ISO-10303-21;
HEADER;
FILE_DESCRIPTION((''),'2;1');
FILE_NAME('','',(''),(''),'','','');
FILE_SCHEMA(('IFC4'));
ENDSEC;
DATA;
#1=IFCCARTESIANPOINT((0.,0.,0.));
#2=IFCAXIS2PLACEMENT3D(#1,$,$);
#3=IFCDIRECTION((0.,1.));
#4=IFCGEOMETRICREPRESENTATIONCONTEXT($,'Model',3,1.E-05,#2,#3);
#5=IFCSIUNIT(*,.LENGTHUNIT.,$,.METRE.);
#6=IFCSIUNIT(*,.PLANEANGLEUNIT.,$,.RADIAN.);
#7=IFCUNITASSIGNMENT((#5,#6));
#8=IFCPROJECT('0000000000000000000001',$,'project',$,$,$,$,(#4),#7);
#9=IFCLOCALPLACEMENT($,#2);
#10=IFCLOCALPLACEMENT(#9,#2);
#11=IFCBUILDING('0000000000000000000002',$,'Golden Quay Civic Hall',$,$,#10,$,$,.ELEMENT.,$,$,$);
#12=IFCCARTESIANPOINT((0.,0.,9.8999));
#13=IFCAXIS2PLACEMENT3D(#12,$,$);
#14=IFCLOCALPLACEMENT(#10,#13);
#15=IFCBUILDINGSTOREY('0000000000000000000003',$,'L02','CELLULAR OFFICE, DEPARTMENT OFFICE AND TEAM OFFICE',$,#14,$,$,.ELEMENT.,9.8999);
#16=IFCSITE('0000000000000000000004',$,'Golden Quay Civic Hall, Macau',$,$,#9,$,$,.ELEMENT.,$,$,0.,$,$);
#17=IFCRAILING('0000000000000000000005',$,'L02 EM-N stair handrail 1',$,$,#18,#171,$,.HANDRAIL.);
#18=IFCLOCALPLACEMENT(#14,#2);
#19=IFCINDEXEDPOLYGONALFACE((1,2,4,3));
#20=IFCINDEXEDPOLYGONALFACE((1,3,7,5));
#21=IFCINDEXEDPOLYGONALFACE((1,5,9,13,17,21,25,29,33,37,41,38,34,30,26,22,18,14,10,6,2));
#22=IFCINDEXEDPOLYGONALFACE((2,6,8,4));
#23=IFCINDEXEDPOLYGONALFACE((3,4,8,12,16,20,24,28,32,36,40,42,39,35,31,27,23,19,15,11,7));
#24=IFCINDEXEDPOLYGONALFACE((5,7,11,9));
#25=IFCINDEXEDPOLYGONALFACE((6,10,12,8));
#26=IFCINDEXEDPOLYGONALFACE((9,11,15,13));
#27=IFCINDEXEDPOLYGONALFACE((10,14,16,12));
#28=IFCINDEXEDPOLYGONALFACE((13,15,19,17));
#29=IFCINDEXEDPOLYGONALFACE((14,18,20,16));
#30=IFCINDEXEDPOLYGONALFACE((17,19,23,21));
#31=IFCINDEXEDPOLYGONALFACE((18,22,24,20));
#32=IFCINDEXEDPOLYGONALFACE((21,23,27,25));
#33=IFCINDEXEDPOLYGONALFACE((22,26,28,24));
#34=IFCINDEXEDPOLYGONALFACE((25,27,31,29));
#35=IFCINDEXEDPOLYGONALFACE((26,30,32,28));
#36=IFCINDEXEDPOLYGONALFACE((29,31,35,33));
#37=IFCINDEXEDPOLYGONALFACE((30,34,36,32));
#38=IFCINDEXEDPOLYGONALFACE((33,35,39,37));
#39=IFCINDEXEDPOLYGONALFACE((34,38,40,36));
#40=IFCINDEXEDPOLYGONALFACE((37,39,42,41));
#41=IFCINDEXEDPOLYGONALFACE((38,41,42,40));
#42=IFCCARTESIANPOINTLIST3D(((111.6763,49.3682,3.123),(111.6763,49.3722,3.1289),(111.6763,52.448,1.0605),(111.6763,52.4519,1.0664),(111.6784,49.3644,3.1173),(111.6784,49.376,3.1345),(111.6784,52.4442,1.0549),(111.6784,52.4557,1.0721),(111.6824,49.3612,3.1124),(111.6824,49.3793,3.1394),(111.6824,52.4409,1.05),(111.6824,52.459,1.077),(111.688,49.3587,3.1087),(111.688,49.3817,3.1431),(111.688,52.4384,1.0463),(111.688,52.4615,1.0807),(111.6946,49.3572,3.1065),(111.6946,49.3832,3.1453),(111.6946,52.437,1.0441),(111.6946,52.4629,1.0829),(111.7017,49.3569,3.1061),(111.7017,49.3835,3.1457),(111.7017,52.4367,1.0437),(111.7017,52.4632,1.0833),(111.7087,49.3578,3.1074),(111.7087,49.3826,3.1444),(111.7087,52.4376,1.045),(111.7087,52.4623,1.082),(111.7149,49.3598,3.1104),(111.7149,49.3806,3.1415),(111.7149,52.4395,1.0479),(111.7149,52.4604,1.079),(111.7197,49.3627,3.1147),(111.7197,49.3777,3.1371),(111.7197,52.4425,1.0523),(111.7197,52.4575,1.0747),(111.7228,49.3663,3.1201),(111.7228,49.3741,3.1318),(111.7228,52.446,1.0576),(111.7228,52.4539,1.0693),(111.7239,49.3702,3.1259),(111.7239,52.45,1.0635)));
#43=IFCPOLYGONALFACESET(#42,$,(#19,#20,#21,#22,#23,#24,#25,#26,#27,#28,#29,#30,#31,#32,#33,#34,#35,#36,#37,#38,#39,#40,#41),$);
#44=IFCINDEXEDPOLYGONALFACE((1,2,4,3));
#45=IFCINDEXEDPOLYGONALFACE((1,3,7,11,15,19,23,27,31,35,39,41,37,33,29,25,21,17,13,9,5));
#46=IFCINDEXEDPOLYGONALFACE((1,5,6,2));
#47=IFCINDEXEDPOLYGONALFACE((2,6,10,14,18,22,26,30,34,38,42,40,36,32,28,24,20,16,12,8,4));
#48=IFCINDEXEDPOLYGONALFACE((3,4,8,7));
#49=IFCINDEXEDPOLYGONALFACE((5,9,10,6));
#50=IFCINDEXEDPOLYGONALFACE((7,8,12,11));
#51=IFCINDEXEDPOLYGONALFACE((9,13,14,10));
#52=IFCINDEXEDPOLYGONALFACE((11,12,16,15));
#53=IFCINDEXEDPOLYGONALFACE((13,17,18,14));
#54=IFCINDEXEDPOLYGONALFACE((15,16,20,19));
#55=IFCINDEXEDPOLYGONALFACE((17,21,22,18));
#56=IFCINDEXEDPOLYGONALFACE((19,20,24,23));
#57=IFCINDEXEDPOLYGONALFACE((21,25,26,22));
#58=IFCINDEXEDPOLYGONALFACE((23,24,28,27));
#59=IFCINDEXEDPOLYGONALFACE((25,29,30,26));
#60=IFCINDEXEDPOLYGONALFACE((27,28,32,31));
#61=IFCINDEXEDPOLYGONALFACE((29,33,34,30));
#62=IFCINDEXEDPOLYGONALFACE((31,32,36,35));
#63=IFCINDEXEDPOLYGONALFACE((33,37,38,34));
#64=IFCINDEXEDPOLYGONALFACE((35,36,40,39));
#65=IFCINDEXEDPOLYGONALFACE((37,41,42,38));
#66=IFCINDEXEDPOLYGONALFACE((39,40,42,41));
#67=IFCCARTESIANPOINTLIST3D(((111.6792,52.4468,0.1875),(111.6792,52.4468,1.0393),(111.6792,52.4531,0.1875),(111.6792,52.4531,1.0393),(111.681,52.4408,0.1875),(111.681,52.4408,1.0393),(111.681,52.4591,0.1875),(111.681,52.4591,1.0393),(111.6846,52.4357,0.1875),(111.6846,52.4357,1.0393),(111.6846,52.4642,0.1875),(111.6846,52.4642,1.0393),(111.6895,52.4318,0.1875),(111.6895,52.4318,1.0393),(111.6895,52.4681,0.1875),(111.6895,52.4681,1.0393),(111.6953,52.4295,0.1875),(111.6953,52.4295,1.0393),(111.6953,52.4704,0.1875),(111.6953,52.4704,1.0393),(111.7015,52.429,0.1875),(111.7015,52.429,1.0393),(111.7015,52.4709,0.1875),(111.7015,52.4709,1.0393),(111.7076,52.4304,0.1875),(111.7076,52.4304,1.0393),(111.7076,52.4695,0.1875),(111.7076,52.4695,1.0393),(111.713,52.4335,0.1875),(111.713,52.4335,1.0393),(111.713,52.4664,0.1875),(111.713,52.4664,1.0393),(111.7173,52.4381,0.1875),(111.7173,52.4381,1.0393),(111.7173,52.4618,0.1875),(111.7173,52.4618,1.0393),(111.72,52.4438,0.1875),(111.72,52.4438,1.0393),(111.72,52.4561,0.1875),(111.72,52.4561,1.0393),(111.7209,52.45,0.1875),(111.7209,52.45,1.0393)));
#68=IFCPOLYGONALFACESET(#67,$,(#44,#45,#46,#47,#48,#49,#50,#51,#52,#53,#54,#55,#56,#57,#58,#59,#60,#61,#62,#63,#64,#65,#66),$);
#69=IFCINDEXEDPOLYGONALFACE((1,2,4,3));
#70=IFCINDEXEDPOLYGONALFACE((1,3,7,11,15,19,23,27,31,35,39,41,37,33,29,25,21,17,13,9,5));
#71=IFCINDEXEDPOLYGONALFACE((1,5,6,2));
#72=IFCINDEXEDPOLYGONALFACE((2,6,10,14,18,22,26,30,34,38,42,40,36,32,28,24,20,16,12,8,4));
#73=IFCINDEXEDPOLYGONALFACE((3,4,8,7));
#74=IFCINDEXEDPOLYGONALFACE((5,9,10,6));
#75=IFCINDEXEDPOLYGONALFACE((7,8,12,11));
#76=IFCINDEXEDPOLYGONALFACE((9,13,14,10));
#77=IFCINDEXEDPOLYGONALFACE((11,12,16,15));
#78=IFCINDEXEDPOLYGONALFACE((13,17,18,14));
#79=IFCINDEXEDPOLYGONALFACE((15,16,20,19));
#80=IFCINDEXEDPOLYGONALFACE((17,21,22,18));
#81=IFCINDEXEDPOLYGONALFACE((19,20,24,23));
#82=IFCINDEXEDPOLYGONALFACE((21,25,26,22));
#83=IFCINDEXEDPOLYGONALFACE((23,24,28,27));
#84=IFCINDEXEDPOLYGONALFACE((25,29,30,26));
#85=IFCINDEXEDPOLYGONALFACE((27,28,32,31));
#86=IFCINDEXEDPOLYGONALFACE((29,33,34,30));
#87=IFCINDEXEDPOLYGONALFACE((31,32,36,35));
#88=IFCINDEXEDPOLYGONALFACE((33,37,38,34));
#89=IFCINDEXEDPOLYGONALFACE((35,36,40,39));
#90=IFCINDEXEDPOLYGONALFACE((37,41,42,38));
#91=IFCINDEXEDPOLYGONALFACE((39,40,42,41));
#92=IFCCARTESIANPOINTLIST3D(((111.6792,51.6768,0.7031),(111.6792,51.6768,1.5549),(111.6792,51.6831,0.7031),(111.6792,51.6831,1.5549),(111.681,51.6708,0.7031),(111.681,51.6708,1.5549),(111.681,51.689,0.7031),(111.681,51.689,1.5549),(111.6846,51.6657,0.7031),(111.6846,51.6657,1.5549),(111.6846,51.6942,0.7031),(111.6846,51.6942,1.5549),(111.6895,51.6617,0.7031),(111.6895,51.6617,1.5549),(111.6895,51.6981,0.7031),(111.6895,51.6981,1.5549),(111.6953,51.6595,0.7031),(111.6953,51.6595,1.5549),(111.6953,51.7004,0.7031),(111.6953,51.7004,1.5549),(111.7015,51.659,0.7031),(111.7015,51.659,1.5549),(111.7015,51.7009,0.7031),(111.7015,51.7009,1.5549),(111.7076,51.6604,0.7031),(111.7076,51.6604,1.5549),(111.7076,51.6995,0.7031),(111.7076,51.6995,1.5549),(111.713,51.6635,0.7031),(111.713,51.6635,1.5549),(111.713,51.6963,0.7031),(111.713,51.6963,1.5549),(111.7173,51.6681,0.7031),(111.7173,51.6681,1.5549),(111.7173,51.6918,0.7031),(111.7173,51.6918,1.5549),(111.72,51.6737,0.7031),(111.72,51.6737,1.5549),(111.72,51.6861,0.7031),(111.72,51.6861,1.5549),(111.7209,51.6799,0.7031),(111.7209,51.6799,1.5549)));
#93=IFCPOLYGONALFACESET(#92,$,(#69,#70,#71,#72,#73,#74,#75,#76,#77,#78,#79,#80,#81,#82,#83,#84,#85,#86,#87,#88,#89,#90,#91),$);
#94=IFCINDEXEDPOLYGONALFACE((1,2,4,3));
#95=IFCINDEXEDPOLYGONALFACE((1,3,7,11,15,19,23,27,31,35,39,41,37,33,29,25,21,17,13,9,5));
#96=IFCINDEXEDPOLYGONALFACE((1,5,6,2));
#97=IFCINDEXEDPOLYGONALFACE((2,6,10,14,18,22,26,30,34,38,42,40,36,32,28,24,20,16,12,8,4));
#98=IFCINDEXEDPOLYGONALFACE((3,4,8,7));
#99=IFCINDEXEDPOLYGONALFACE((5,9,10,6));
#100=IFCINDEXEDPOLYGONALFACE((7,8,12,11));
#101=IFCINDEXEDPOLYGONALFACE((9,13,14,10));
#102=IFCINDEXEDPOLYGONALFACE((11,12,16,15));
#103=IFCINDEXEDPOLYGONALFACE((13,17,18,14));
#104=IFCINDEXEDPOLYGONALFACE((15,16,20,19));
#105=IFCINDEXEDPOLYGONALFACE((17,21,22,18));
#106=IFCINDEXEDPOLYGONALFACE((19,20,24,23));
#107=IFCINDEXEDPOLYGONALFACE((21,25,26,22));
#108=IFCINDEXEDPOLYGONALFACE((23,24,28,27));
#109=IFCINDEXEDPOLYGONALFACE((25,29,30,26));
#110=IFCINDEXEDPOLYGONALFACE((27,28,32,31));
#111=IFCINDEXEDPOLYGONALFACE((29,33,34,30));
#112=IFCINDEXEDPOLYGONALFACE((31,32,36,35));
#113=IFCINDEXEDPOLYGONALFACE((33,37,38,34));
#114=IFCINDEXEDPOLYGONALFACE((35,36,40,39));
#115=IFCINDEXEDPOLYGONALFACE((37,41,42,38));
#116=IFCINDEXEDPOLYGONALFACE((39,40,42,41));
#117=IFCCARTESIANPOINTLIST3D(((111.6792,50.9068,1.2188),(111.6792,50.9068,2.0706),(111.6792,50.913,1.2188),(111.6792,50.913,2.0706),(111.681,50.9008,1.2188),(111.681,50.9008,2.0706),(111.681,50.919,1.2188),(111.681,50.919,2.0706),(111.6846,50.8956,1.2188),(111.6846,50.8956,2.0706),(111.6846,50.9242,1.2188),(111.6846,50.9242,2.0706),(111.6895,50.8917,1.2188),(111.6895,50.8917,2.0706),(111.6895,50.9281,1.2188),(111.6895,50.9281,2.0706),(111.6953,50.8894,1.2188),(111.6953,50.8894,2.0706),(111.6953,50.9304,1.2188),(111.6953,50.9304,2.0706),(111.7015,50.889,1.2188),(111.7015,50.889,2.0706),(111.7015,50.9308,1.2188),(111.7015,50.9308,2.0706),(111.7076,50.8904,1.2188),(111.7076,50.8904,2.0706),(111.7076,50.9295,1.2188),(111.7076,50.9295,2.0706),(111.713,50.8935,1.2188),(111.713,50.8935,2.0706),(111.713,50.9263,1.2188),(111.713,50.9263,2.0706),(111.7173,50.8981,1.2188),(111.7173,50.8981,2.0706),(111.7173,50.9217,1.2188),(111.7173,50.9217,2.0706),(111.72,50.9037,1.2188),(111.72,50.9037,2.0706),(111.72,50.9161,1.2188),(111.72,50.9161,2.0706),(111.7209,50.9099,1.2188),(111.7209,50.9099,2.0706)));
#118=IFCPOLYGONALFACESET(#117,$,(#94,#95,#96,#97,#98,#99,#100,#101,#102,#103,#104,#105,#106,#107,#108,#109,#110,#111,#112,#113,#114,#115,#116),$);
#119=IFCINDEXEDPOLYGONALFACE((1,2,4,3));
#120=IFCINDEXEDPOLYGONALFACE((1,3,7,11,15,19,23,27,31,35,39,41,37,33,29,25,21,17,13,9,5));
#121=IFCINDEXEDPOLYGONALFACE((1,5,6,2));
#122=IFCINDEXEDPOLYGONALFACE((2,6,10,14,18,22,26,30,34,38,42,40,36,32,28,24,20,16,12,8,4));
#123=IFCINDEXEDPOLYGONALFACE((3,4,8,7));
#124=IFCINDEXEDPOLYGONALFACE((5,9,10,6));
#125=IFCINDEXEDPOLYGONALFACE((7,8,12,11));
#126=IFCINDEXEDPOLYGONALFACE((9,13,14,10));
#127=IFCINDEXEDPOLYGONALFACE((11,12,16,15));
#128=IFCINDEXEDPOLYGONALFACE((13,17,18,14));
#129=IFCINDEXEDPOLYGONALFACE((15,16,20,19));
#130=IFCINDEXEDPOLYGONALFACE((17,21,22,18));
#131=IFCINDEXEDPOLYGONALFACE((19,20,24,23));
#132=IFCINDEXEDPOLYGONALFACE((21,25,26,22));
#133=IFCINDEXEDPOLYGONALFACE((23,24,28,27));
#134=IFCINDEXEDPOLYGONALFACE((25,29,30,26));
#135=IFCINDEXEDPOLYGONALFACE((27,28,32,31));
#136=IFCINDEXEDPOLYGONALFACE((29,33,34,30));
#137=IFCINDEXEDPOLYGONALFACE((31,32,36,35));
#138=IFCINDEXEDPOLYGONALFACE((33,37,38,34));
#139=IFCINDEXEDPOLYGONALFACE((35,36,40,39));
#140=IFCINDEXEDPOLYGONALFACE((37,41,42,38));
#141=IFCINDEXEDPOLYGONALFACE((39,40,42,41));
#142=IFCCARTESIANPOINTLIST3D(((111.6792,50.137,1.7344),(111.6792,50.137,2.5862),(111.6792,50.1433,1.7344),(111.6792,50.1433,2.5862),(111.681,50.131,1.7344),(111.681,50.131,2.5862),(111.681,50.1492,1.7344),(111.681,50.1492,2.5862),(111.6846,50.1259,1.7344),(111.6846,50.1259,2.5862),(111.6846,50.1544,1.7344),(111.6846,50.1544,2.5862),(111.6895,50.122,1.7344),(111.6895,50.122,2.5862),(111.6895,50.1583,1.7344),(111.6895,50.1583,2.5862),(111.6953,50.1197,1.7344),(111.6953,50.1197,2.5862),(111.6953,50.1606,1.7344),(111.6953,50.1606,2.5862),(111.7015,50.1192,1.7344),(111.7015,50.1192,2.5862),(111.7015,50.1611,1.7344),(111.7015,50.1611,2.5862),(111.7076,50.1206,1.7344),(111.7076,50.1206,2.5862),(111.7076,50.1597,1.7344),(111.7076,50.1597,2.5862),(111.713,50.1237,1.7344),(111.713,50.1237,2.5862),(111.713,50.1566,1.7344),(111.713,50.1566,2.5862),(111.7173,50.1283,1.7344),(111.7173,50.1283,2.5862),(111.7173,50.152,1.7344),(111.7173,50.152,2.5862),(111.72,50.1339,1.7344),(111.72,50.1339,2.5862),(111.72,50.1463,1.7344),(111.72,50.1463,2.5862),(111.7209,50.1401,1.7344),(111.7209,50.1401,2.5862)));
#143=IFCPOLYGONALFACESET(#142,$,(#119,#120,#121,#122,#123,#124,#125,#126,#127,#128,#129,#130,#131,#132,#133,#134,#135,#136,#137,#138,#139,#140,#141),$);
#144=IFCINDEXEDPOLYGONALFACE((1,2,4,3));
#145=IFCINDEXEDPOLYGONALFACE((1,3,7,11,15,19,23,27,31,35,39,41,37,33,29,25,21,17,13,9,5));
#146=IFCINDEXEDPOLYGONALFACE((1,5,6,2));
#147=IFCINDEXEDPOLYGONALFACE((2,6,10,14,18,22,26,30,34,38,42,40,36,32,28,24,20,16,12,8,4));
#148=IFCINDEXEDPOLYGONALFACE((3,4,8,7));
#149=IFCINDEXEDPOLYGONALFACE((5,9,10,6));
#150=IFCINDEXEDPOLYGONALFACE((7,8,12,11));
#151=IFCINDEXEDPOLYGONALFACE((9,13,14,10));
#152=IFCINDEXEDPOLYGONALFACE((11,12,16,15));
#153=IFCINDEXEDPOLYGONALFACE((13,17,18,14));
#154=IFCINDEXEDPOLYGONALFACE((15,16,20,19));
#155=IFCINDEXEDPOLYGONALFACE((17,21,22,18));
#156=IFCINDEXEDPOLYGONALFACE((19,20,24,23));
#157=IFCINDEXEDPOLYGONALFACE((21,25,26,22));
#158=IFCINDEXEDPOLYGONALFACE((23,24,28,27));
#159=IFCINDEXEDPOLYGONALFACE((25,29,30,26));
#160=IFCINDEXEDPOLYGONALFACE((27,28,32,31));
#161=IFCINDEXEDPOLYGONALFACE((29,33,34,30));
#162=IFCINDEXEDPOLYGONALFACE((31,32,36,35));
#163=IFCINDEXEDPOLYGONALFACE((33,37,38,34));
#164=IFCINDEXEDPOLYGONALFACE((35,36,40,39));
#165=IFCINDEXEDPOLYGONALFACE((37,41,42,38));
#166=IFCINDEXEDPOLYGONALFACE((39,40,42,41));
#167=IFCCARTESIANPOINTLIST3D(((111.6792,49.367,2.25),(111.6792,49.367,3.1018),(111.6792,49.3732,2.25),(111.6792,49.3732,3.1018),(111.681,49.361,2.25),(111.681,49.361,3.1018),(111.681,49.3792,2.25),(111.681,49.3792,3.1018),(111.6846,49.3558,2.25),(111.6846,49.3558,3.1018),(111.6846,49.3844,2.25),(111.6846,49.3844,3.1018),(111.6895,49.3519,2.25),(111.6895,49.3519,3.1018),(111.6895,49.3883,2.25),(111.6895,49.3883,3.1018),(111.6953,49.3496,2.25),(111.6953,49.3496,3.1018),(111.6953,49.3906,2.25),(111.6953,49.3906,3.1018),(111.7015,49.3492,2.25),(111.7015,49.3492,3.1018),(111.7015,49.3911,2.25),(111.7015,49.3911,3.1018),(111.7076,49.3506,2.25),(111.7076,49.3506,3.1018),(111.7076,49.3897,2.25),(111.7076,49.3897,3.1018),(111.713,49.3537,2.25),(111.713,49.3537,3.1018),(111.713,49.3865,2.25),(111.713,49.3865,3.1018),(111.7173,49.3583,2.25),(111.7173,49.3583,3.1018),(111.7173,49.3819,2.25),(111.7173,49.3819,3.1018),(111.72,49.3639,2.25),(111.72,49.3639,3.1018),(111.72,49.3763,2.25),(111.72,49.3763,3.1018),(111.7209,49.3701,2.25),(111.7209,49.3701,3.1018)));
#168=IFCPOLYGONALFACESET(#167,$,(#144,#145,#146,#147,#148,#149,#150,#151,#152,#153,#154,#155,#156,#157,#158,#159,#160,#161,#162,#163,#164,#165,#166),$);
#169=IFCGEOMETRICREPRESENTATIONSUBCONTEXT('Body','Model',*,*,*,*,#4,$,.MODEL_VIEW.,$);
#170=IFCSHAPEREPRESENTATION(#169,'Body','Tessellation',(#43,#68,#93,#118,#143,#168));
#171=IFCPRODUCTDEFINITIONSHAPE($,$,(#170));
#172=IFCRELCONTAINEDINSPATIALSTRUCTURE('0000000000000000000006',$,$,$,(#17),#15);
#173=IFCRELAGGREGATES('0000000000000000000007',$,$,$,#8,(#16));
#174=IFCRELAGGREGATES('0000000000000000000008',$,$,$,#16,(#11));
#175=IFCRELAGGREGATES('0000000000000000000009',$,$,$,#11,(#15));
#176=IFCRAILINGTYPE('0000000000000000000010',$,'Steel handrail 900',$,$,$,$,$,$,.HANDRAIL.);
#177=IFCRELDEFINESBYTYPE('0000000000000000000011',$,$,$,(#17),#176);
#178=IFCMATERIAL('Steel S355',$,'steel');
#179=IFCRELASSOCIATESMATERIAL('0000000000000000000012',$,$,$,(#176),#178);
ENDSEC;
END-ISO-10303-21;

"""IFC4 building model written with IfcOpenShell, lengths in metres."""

from ifc_helpers import new_model, si_unit, direction, frame, origin, origin_2d, place, context, subcontext, project, spatial, circle, extrude, material, type_object, element, save


model = new_model("IFC4")

# Units and contexts
model_context = context("Model", 3, precision=1e-05, world=origin(), true_north=direction((0.0, 1.0)))
body_context = subcontext(model_context, "Body", "Model", "MODEL_VIEW")
ifc_project = project(units=[si_unit("LENGTHUNIT", "METRE"), si_unit("PLANEANGLEUNIT", "RADIAN")], contexts=[model_context])

# Site, building, storey
site_placement = place(None, origin())
site = spatial("IfcSite", under=ifc_project, at=site_placement, Name="Golden Quay Civic Hall, Macau", CompositionType="ELEMENT", RefElevation=0.0)
building_placement = place(site_placement, origin())
building = spatial("IfcBuilding", under=site, at=building_placement, Name="Golden Quay Civic Hall", CompositionType="ELEMENT")
storey_placement = place(building_placement, frame((0.0, 0.0, 9.8999)))
storey = spatial("IfcBuildingStorey", under=building, at=storey_placement, Name="L02", Description="CELLULAR OFFICE, DEPARTMENT OFFICE AND TEAM OFFICE", CompositionType="ELEMENT", Elevation=9.8999)

# Railing
ifc_material_1 = material(Name="Steel S355", Category="steel")
railing_type_1 = type_object("IfcRailingType", Name="Steel handrail 900", PredefinedType="HANDRAIL", material=ifc_material_1)
railing_1_placement = place(storey_placement, frame((111.7, 52.45, 0.1875)))
element("IfcRailing", 1, at=railing_1_placement, inside=storey, type_object=railing_type_1, Name="L02 EM-N stair handrail 1", PredefinedType="HANDRAIL", context=body_context, shape_type="SweptSolid", body=[
    extrude(circle(Radius=0.0239, at=origin_2d()), frame((0.0, 0.0, 0.876), z_axis=(0.0, -0.830893, 0.556432), x_axis=(1.0, 0.0, 0.0)), (0.0, 0.0, 1.0), 3.7065),
    extrude(circle(Radius=0.021, at=origin_2d()), origin(), (0.0, 0.0, 1.0), 0.8518),
    extrude(circle(Radius=0.021, at=origin_2d()), frame((0.0, -0.77, 0.5156)), (0.0, 0.0, 1.0), 0.8518),
    extrude(circle(Radius=0.021, at=origin_2d()), frame((0.0, -1.54, 1.0312)), (0.0, 0.0, 1.0), 0.8518),
    extrude(circle(Radius=0.021, at=origin_2d()), frame((0.0, -2.3098, 1.5469)), (0.0, 0.0, 1.0), 0.8518),
    extrude(circle(Radius=0.021, at=origin_2d()), frame((0.0, -3.0798, 2.0625)), (0.0, 0.0, 1.0), 0.8518),
])

save(model, "model.ifc")
